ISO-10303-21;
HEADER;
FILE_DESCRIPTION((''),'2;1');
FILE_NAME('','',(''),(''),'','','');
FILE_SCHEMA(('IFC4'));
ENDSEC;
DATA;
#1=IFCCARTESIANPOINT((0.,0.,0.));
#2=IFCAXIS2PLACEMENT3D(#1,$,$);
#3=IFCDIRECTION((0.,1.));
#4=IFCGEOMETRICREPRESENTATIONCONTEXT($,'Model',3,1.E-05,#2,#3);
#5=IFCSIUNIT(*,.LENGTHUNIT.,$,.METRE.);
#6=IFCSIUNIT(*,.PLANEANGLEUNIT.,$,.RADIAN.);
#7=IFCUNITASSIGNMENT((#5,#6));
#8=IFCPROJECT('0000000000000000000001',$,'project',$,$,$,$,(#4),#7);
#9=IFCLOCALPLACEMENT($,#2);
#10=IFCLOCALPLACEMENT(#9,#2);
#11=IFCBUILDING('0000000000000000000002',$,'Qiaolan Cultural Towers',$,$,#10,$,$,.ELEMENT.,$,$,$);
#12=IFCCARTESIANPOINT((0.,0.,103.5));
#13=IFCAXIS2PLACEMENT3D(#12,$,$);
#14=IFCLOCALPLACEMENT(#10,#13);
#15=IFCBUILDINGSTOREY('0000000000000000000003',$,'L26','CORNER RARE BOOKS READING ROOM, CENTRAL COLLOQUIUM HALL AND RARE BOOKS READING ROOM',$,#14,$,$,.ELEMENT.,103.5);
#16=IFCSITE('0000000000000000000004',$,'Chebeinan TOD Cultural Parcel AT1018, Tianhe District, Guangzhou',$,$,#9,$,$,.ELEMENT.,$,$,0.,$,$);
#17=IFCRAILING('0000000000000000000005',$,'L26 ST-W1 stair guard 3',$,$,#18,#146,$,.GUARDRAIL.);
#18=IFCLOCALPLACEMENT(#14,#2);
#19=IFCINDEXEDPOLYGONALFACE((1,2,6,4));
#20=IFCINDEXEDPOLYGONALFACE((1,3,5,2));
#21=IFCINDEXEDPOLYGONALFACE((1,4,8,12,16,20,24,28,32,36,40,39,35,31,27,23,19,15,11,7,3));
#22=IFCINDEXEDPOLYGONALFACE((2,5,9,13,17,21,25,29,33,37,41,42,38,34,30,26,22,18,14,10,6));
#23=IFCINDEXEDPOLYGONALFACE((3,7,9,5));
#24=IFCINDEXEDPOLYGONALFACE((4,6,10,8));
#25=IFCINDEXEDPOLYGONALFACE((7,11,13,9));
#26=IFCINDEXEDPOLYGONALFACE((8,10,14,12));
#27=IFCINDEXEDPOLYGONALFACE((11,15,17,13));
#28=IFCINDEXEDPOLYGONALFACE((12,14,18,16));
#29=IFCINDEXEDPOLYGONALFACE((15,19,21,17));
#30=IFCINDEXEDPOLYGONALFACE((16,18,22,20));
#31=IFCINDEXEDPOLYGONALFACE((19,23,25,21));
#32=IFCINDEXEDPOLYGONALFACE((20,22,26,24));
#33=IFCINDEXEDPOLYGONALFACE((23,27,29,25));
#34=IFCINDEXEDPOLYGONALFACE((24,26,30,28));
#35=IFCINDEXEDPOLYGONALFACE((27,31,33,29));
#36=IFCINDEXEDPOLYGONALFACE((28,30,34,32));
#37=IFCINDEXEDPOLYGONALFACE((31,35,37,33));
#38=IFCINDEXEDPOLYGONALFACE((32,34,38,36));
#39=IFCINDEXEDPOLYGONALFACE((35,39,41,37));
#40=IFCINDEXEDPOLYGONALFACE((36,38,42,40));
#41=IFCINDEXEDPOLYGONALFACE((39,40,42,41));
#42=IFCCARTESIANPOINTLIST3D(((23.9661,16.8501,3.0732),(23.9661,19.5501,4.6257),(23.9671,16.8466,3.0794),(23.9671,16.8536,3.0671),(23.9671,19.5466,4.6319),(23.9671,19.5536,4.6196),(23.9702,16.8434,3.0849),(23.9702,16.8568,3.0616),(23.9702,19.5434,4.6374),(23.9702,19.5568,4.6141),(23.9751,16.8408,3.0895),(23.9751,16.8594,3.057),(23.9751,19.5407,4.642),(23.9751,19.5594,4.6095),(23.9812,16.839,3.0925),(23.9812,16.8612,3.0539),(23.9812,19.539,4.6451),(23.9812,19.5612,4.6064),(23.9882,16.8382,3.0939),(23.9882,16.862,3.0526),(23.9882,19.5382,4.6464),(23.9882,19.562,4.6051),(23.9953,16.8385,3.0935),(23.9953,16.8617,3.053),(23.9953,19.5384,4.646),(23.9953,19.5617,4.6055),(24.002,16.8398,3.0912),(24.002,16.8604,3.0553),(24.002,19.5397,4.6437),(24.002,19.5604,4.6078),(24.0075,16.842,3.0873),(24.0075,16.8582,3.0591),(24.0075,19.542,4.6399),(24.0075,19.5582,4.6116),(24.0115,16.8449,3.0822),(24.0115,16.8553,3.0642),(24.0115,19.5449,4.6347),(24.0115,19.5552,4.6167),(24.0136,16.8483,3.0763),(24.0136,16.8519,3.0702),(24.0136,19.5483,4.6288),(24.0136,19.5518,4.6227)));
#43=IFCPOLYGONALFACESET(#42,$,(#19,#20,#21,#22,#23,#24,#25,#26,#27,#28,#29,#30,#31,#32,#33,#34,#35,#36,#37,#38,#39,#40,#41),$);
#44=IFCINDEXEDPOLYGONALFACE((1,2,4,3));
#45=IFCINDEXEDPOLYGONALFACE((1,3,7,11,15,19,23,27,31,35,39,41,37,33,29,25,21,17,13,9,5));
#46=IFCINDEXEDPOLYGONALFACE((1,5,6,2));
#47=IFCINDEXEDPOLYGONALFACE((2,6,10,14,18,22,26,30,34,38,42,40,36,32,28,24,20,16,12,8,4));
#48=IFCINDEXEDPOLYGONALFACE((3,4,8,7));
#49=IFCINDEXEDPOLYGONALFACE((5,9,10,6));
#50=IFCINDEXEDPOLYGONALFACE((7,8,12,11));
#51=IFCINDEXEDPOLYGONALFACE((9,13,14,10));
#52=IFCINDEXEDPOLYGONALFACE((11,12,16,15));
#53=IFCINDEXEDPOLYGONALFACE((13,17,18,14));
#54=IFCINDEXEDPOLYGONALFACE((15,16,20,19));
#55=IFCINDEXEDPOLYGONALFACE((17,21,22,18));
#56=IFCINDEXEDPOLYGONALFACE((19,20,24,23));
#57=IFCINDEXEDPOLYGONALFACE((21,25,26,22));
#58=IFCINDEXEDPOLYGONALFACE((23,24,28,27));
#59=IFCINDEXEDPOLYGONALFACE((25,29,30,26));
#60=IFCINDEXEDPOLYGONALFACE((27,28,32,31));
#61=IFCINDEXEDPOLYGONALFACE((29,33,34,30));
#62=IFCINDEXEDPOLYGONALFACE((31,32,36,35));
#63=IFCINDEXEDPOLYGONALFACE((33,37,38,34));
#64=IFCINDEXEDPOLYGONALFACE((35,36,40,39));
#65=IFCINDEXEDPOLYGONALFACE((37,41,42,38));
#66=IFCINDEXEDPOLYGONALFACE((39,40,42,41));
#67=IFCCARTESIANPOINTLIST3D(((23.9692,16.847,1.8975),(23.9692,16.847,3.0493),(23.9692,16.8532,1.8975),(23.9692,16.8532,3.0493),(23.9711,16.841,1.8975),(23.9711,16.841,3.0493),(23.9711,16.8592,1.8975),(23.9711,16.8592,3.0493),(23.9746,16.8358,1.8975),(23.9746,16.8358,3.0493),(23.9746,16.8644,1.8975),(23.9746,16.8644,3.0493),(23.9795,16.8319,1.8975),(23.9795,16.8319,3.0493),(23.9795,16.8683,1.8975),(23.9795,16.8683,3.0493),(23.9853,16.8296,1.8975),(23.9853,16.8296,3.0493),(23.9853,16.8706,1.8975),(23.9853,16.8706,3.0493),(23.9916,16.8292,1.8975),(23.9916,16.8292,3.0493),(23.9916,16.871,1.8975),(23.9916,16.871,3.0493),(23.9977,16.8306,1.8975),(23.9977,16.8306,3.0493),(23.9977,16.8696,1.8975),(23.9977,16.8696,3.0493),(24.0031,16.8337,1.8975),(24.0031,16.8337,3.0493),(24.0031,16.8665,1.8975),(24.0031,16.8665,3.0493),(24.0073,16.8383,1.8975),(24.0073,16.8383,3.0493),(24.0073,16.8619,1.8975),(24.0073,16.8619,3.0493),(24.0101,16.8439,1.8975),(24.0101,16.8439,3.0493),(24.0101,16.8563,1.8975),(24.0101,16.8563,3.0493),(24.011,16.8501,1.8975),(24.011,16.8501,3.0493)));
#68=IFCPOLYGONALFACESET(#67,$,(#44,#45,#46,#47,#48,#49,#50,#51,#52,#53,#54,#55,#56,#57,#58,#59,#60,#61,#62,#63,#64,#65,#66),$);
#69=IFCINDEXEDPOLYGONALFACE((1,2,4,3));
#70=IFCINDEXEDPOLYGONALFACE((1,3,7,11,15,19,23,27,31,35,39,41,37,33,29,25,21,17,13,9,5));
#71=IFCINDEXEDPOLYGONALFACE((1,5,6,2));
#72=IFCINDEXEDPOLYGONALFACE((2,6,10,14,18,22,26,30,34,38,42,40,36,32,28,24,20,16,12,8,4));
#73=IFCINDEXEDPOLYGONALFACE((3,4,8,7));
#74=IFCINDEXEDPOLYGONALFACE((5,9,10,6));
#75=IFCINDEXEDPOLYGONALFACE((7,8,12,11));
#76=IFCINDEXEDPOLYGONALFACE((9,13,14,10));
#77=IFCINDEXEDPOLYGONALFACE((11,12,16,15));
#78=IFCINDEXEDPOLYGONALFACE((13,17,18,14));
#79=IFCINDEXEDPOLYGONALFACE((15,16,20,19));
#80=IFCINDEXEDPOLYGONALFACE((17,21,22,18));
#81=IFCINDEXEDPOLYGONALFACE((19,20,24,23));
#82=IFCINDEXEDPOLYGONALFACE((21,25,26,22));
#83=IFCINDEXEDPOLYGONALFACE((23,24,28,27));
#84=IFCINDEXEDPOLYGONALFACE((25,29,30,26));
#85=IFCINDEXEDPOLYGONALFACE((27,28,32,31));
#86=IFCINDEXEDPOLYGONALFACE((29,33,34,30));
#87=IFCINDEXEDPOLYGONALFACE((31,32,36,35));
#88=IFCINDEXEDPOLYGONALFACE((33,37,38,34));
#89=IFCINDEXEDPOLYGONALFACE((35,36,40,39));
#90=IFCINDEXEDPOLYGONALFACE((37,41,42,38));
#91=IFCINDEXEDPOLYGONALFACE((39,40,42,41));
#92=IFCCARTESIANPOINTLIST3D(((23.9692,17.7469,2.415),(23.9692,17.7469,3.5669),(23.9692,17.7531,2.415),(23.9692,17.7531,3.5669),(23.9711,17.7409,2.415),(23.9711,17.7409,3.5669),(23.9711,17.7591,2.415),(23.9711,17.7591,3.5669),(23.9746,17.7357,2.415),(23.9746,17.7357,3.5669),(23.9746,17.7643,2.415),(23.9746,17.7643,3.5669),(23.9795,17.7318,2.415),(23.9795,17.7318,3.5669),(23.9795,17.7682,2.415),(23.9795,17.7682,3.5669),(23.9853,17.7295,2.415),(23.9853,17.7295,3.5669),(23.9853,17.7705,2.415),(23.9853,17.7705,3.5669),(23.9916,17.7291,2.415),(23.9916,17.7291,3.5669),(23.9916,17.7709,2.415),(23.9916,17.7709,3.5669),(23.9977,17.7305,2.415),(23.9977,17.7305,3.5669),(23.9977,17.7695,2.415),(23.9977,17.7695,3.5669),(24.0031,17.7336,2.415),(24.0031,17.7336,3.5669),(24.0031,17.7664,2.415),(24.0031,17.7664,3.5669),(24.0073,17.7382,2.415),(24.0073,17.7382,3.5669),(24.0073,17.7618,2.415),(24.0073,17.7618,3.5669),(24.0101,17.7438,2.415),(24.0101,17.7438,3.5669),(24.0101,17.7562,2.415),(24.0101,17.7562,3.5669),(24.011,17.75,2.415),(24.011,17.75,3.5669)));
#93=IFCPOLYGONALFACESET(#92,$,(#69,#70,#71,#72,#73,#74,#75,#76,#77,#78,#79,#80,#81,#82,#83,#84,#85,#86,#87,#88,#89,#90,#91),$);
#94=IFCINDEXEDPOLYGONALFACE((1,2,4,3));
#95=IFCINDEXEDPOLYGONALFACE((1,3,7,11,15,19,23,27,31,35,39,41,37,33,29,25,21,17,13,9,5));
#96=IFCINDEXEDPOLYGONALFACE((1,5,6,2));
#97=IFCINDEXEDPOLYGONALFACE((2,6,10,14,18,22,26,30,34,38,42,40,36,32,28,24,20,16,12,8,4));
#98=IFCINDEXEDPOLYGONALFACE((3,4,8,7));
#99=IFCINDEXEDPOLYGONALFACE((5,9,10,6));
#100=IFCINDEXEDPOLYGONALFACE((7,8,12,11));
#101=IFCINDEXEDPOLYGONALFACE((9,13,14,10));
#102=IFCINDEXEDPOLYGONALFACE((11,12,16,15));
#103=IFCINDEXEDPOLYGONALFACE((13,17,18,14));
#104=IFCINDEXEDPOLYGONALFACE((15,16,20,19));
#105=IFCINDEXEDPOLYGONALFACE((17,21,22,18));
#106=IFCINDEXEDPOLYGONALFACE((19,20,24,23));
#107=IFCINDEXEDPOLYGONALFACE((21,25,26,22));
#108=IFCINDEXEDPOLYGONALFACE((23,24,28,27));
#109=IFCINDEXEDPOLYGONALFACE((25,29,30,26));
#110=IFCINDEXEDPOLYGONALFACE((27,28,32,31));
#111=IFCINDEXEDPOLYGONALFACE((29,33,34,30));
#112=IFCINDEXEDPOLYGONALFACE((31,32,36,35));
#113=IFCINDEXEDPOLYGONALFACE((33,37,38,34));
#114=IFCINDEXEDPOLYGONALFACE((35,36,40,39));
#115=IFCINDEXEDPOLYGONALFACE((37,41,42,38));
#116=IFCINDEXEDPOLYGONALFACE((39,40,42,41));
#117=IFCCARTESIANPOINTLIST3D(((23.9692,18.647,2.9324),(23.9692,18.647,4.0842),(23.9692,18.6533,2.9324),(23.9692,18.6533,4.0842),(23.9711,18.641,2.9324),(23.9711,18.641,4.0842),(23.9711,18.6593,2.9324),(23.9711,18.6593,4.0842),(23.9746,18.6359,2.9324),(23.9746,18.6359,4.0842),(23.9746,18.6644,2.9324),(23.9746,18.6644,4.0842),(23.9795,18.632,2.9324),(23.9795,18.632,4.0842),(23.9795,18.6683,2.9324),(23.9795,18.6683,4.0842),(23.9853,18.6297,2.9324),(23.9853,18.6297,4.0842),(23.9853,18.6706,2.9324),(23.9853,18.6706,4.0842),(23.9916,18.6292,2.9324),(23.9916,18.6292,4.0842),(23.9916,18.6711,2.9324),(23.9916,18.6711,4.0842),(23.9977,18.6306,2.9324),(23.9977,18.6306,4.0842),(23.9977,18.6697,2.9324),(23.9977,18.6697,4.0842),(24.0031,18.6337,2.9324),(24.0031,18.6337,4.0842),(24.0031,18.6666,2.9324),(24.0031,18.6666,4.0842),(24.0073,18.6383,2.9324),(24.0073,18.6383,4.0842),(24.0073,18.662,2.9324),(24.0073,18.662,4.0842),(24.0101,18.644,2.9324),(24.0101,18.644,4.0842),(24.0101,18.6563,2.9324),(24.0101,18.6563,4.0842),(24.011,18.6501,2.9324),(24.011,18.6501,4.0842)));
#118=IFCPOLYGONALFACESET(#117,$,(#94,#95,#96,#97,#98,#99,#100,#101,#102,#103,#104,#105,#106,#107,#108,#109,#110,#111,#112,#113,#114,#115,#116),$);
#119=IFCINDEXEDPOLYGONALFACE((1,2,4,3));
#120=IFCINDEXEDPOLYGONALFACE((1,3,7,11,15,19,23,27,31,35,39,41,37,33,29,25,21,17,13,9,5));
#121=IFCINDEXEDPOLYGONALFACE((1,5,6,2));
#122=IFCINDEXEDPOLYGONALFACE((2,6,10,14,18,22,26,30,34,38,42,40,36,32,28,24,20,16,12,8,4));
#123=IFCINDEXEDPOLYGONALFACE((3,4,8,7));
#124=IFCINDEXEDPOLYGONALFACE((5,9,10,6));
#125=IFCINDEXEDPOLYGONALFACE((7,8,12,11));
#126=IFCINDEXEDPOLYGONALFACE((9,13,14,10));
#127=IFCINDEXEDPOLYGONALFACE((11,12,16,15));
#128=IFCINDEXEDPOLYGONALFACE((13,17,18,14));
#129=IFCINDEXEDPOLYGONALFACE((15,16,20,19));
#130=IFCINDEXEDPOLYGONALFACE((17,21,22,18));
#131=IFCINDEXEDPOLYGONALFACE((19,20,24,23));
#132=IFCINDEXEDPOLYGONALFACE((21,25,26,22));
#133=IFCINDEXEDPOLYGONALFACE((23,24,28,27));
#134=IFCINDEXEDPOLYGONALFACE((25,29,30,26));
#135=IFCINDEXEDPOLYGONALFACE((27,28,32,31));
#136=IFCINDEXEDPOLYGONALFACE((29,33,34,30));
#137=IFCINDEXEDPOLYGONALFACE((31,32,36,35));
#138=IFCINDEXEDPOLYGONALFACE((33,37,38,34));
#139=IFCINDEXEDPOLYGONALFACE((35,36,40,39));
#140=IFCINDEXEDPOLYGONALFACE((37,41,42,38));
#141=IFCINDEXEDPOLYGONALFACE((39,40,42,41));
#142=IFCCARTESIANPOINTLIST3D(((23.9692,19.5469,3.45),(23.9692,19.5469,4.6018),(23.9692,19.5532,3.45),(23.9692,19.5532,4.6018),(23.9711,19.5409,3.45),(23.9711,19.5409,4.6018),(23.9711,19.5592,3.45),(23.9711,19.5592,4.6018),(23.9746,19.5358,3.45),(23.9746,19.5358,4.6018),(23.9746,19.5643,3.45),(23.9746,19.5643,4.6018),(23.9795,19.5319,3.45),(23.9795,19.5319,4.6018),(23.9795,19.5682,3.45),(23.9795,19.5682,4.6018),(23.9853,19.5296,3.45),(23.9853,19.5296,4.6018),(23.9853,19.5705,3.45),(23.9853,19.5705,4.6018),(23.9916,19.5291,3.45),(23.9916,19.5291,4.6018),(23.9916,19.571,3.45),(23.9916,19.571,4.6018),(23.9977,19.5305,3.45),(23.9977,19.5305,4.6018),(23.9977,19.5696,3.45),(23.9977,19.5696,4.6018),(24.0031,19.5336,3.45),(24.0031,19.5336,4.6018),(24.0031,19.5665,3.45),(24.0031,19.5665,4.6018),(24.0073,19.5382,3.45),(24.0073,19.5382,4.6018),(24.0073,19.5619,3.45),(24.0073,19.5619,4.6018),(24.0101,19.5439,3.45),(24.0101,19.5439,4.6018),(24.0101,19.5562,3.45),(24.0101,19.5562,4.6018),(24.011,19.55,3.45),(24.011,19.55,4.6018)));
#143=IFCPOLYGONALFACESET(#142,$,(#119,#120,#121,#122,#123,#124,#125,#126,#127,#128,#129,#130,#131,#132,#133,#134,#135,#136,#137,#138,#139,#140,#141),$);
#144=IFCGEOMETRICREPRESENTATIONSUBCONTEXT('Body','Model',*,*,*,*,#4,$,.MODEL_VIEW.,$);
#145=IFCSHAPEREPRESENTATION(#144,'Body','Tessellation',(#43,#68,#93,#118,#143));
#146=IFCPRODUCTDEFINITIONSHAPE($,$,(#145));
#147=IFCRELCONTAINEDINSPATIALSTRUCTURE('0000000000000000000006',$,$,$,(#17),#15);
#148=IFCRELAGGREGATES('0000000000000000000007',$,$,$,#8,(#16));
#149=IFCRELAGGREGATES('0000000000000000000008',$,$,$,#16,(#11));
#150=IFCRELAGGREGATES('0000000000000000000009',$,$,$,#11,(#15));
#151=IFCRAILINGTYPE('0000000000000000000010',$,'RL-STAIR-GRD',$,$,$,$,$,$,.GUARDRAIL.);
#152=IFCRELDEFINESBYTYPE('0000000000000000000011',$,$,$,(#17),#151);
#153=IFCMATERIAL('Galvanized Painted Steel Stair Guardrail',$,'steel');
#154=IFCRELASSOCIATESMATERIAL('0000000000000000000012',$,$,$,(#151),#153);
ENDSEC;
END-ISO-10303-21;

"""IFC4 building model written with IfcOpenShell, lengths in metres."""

from ifc_helpers import new_model, si_unit, direction, frame, origin, origin_2d, place, context, subcontext, project, spatial, circle, extrude, material, type_object, element, save


model = new_model("IFC4")

# Units and contexts
model_context = context("Model", 3, precision=1e-05, world=origin(), true_north=direction((0.0, 1.0)))
body_context = subcontext(model_context, "Body", "Model", "MODEL_VIEW")
ifc_project = project(units=[si_unit("LENGTHUNIT", "METRE"), si_unit("PLANEANGLEUNIT", "RADIAN")], contexts=[model_context])

# Site, building, storey
site_placement = place(None, origin())
site = spatial("IfcSite", under=ifc_project, at=site_placement, Name="Chebeinan TOD Cultural Parcel AT1018, Tianhe District, Guangzhou", CompositionType="ELEMENT", RefElevation=0.0)
building_placement = place(site_placement, origin())
building = spatial("IfcBuilding", under=site, at=building_placement, Name="Qiaolan Cultural Towers", CompositionType="ELEMENT")
storey_placement = place(building_placement, frame((0.0, 0.0, 103.5)))
storey = spatial("IfcBuildingStorey", under=building, at=storey_placement, Name="L26", Description="CORNER RARE BOOKS READING ROOM, CENTRAL COLLOQUIUM HALL AND RARE BOOKS READING ROOM", CompositionType="ELEMENT", Elevation=103.5)

# Railing
ifc_material_1 = material(Name="Galvanized Painted Steel Stair Guardrail", Category="steel")
railing_type_1 = type_object("IfcRailingType", Name="RL-STAIR-GRD", PredefinedType="GUARDRAIL", material=ifc_material_1)
railing_1_placement = place(storey_placement, frame((23.99, 16.8501, 1.8975)))
element("IfcRailing", 1, at=railing_1_placement, inside=storey, type_object=railing_type_1, Name="L26 ST-W1 stair guard 3", PredefinedType="GUARDRAIL", context=body_context, shape_type="SweptSolid", body=[
    extrude(circle(Radius=0.0239, at=origin_2d()), frame((0.0, 0.0, 1.1758), z_axis=(0.0, 0.866904, 0.498476), x_axis=(-1.0, 0.0, 0.0)), (0.0, 0.0, 1.0), 3.1145),
    extrude(circle(Radius=0.021, at=origin_2d()), origin(), (0.0, 0.0, 1.0), 1.1519),
    extrude(circle(Radius=0.021, at=origin_2d()), frame((0.0, 0.8999, 0.5176)), (0.0, 0.0, 1.0), 1.1519),
    extrude(circle(Radius=0.021, at=origin_2d()), frame((0.0, 1.8, 1.0349)), (0.0, 0.0, 1.0), 1.1519),
    extrude(circle(Radius=0.021, at=origin_2d()), frame((0.0, 2.7, 1.5525)), (0.0, 0.0, 1.0), 1.1519),
])

save(model, "model.ifc")
